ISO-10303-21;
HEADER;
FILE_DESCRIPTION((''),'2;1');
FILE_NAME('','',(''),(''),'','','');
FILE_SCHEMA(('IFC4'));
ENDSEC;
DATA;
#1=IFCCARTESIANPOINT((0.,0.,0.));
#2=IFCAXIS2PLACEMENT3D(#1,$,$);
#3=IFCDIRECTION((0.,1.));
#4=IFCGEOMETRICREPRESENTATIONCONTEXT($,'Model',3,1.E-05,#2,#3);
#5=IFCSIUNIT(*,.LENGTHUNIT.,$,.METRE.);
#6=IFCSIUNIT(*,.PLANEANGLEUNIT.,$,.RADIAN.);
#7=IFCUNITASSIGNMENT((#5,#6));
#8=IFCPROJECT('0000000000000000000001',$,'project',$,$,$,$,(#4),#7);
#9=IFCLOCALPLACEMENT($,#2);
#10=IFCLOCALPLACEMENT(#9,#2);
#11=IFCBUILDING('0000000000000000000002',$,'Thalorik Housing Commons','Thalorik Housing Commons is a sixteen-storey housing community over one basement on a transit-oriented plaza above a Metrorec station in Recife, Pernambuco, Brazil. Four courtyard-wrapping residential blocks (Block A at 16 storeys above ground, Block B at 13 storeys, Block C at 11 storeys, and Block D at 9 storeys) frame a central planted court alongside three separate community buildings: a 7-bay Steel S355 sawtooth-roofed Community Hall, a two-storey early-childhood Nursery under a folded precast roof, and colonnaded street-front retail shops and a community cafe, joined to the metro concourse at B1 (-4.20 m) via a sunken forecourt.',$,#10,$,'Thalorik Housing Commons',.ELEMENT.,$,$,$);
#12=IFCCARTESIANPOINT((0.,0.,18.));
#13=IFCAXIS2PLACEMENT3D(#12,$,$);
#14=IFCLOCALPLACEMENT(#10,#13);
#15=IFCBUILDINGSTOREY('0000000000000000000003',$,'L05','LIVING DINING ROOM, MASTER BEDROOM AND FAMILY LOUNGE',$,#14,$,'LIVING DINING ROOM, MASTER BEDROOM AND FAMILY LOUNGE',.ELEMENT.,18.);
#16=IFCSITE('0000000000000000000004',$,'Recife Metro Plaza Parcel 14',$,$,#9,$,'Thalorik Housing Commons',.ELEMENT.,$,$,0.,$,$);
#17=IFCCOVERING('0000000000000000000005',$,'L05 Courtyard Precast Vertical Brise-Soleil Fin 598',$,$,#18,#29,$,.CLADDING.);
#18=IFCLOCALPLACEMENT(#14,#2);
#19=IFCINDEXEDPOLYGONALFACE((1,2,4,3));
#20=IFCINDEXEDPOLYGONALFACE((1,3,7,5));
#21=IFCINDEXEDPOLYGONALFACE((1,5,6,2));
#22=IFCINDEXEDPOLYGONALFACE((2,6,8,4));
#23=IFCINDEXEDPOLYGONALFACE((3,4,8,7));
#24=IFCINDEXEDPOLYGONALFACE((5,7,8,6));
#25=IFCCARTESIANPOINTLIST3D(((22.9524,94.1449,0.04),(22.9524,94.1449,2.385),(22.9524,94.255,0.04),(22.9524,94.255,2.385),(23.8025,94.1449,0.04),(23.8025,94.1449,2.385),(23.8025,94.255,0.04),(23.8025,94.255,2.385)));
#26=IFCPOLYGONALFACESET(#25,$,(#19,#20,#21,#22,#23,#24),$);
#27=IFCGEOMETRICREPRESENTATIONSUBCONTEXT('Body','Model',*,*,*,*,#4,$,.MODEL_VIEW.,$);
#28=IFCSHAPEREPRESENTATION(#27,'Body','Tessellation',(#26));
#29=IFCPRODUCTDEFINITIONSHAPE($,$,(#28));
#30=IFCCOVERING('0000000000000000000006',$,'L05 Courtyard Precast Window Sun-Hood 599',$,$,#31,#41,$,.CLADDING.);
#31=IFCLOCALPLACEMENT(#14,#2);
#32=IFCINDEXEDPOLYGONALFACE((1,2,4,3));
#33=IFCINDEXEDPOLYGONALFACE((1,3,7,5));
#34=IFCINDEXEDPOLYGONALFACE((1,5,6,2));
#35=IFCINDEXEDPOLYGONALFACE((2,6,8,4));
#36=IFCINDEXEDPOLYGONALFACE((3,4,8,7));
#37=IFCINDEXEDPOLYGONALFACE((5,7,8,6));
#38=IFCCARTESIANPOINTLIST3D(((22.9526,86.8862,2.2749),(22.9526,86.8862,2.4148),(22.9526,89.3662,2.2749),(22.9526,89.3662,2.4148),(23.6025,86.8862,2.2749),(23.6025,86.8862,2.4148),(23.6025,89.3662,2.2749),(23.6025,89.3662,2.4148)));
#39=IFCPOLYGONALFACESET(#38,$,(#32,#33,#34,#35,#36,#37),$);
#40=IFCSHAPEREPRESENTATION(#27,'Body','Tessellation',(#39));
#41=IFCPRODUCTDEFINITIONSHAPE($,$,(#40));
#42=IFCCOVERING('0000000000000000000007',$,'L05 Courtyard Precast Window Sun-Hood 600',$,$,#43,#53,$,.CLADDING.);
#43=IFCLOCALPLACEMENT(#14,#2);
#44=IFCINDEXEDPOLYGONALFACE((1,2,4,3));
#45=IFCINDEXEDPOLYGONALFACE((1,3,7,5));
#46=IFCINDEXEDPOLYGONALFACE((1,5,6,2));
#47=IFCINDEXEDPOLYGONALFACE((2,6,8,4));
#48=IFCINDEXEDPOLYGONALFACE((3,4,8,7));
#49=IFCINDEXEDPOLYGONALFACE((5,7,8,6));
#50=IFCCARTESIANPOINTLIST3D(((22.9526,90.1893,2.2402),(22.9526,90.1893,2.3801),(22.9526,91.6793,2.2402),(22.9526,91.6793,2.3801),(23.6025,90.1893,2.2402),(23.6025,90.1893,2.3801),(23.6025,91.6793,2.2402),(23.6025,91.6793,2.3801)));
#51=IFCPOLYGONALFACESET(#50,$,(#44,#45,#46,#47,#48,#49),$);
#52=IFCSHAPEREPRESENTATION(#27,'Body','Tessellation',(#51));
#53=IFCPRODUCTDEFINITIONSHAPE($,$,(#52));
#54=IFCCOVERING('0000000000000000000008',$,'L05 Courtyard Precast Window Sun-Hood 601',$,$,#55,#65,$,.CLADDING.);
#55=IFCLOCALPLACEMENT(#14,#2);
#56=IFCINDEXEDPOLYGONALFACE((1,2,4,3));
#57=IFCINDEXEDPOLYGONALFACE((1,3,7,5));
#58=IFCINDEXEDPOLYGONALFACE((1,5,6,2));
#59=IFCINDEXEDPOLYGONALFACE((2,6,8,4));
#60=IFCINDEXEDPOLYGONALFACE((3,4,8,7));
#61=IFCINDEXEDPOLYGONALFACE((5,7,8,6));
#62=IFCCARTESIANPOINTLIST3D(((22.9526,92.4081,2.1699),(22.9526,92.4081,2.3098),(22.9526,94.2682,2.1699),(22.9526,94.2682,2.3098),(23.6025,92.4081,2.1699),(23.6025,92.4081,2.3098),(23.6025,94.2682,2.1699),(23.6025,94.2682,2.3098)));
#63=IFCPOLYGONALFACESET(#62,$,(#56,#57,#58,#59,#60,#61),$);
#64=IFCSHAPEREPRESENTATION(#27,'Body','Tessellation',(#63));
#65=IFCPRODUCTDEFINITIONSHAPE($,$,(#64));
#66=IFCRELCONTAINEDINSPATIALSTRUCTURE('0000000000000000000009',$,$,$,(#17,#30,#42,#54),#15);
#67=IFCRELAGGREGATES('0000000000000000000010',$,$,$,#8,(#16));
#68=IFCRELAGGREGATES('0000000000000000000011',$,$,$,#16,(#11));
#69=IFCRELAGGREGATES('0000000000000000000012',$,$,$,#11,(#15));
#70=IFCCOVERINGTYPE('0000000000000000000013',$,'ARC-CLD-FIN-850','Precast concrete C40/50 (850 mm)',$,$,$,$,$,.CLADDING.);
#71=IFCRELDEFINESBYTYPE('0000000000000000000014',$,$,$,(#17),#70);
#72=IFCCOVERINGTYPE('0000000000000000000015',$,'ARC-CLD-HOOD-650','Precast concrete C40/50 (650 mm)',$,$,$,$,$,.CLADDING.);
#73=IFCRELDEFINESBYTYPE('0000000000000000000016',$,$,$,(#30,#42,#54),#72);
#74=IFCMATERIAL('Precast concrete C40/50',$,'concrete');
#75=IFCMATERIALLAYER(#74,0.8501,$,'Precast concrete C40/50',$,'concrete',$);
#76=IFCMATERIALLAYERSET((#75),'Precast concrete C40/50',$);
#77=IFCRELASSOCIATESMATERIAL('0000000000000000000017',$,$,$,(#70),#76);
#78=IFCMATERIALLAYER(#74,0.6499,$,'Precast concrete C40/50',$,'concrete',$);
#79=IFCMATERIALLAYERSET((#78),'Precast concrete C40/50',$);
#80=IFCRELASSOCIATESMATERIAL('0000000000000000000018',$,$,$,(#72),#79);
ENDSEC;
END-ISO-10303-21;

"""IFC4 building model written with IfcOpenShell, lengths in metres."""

from ifc_helpers import new_model, si_unit, direction, frame, origin, origin_2d, place, context, subcontext, project, spatial, rectangle, extrude, material, layer, layer_set, type_object, element, save


model = new_model("IFC4")

# Units and contexts
model_context = context("Model", 3, precision=1e-05, world=origin(), true_north=direction((0.0, 1.0)))
body_context = subcontext(model_context, "Body", "Model", "MODEL_VIEW")
ifc_project = project(units=[si_unit("LENGTHUNIT", "METRE"), si_unit("PLANEANGLEUNIT", "RADIAN")], contexts=[model_context])

# Site, building, storey
site_placement = place(None, origin())
site = spatial("IfcSite", under=ifc_project, at=site_placement, Name="Recife Metro Plaza Parcel 14", LongName="Thalorik Housing Commons", CompositionType="ELEMENT", RefElevation=0.0)
building_placement = place(site_placement, origin())
building = spatial("IfcBuilding", under=site, at=building_placement, Name="Thalorik Housing Commons", Description="Thalorik Housing Commons is a sixteen-storey housing community over one basement on a transit-oriented plaza above a Metrorec station in Recife, Pernambuco, Brazil. Four courtyard-wrapping residential blocks (Block A at 16 storeys above ground, Block B at 13 storeys, Block C at 11 storeys, and Block D at 9 storeys) frame a central planted court alongside three separate community buildings: a 7-bay Steel S355 sawtooth-roofed Community Hall, a two-storey early-childhood Nursery under a folded precast roof, and colonnaded street-front retail shops and a community cafe, joined to the metro concourse at B1 (-4.20 m) via a sunken forecourt.", LongName="Thalorik Housing Commons", CompositionType="ELEMENT")
storey_placement = place(building_placement, frame((0.0, 0.0, 18.0)))
storey = spatial("IfcBuildingStorey", under=building, at=storey_placement, Name="L05", Description="LIVING DINING ROOM, MASTER BEDROOM AND FAMILY LOUNGE", LongName="LIVING DINING ROOM, MASTER BEDROOM AND FAMILY LOUNGE", CompositionType="ELEMENT", Elevation=18.0)

# Shared definitions
ifc_material_1 = material(Name="Precast concrete C40/50", Category="concrete")

# Coverings
ifc_layer_1 = layer(ifc_material_1, 0.8501, Name="Precast concrete C40/50", Category="concrete")
ifc_layer_set_1 = layer_set([ifc_layer_1], Name="Precast concrete C40/50")
covering_type_1 = type_object("IfcCoveringType", Name="ARC-CLD-FIN-850", Description="Precast concrete C40/50 (850 mm)", PredefinedType="CLADDING", material=ifc_layer_set_1)
for number, where, z_axis, x_axis, name in (
    (1, (23.3774, 94.2, 0.04), (0.0, 0.0, 1.0), (0.0, 1.0, 0.0), "L05 Courtyard Precast Vertical Brise-Soleil Fin 598"),
):
    element("IfcCovering", number, at=place(storey_placement, frame(where, z_axis=z_axis, x_axis=x_axis)), inside=storey, type_object=covering_type_1, Name=name, PredefinedType="CLADDING", context=body_context, shape_type="SweptSolid", body=[
        extrude(rectangle(XDim=0.1101, YDim=0.8501, at=origin_2d()), origin(), (0.0, 0.0, 1.0), 2.345),
    ])
ifc_layer_2 = layer(ifc_material_1, 0.6499, Name="Precast concrete C40/50", Category="concrete")
ifc_layer_set_2 = layer_set([ifc_layer_2], Name="Precast concrete C40/50")
covering_type_2 = type_object("IfcCoveringType", Name="ARC-CLD-HOOD-650", Description="Precast concrete C40/50 (650 mm)", PredefinedType="CLADDING", material=ifc_layer_set_2)
covering_1_placement = place(storey_placement, frame((23.2776, 88.1262, 2.2749), z_axis=(0.0, 0.0, 1.0), x_axis=(0.0, 1.0, 0.0)))
element("IfcCovering", 2, at=covering_1_placement, inside=storey, type_object=covering_type_2, Name="L05 Courtyard Precast Window Sun-Hood 599", PredefinedType="CLADDING", context=body_context, shape_type="SweptSolid", body=[
    extrude(rectangle(XDim=2.48, YDim=0.6499, at=origin_2d()), origin(), (0.0, 0.0, 1.0), 0.1399),
])
covering_2_placement = place(storey_placement, frame((23.2776, 90.9343, 2.2402), z_axis=(0.0, 0.0, 1.0), x_axis=(0.0, 1.0, 0.0)))
element("IfcCovering", 3, at=covering_2_placement, inside=storey, type_object=covering_type_2, Name="L05 Courtyard Precast Window Sun-Hood 600", PredefinedType="CLADDING", context=body_context, shape_type="SweptSolid", body=[
    extrude(rectangle(XDim=1.49, YDim=0.6499, at=origin_2d()), origin(), (0.0, 0.0, 1.0), 0.1399),
])
covering_3_placement = place(storey_placement, frame((23.2776, 93.3381, 2.1699), z_axis=(0.0, 0.0, 1.0), x_axis=(0.0, 1.0, 0.0)))
element("IfcCovering", 4, at=covering_3_placement, inside=storey, type_object=covering_type_2, Name="L05 Courtyard Precast Window Sun-Hood 601", PredefinedType="CLADDING", context=body_context, shape_type="SweptSolid", body=[
    extrude(rectangle(XDim=1.8601, YDim=0.6499, at=origin_2d()), origin(), (0.0, 0.0, 1.0), 0.1399),
])

save(model, "model.ifc")
